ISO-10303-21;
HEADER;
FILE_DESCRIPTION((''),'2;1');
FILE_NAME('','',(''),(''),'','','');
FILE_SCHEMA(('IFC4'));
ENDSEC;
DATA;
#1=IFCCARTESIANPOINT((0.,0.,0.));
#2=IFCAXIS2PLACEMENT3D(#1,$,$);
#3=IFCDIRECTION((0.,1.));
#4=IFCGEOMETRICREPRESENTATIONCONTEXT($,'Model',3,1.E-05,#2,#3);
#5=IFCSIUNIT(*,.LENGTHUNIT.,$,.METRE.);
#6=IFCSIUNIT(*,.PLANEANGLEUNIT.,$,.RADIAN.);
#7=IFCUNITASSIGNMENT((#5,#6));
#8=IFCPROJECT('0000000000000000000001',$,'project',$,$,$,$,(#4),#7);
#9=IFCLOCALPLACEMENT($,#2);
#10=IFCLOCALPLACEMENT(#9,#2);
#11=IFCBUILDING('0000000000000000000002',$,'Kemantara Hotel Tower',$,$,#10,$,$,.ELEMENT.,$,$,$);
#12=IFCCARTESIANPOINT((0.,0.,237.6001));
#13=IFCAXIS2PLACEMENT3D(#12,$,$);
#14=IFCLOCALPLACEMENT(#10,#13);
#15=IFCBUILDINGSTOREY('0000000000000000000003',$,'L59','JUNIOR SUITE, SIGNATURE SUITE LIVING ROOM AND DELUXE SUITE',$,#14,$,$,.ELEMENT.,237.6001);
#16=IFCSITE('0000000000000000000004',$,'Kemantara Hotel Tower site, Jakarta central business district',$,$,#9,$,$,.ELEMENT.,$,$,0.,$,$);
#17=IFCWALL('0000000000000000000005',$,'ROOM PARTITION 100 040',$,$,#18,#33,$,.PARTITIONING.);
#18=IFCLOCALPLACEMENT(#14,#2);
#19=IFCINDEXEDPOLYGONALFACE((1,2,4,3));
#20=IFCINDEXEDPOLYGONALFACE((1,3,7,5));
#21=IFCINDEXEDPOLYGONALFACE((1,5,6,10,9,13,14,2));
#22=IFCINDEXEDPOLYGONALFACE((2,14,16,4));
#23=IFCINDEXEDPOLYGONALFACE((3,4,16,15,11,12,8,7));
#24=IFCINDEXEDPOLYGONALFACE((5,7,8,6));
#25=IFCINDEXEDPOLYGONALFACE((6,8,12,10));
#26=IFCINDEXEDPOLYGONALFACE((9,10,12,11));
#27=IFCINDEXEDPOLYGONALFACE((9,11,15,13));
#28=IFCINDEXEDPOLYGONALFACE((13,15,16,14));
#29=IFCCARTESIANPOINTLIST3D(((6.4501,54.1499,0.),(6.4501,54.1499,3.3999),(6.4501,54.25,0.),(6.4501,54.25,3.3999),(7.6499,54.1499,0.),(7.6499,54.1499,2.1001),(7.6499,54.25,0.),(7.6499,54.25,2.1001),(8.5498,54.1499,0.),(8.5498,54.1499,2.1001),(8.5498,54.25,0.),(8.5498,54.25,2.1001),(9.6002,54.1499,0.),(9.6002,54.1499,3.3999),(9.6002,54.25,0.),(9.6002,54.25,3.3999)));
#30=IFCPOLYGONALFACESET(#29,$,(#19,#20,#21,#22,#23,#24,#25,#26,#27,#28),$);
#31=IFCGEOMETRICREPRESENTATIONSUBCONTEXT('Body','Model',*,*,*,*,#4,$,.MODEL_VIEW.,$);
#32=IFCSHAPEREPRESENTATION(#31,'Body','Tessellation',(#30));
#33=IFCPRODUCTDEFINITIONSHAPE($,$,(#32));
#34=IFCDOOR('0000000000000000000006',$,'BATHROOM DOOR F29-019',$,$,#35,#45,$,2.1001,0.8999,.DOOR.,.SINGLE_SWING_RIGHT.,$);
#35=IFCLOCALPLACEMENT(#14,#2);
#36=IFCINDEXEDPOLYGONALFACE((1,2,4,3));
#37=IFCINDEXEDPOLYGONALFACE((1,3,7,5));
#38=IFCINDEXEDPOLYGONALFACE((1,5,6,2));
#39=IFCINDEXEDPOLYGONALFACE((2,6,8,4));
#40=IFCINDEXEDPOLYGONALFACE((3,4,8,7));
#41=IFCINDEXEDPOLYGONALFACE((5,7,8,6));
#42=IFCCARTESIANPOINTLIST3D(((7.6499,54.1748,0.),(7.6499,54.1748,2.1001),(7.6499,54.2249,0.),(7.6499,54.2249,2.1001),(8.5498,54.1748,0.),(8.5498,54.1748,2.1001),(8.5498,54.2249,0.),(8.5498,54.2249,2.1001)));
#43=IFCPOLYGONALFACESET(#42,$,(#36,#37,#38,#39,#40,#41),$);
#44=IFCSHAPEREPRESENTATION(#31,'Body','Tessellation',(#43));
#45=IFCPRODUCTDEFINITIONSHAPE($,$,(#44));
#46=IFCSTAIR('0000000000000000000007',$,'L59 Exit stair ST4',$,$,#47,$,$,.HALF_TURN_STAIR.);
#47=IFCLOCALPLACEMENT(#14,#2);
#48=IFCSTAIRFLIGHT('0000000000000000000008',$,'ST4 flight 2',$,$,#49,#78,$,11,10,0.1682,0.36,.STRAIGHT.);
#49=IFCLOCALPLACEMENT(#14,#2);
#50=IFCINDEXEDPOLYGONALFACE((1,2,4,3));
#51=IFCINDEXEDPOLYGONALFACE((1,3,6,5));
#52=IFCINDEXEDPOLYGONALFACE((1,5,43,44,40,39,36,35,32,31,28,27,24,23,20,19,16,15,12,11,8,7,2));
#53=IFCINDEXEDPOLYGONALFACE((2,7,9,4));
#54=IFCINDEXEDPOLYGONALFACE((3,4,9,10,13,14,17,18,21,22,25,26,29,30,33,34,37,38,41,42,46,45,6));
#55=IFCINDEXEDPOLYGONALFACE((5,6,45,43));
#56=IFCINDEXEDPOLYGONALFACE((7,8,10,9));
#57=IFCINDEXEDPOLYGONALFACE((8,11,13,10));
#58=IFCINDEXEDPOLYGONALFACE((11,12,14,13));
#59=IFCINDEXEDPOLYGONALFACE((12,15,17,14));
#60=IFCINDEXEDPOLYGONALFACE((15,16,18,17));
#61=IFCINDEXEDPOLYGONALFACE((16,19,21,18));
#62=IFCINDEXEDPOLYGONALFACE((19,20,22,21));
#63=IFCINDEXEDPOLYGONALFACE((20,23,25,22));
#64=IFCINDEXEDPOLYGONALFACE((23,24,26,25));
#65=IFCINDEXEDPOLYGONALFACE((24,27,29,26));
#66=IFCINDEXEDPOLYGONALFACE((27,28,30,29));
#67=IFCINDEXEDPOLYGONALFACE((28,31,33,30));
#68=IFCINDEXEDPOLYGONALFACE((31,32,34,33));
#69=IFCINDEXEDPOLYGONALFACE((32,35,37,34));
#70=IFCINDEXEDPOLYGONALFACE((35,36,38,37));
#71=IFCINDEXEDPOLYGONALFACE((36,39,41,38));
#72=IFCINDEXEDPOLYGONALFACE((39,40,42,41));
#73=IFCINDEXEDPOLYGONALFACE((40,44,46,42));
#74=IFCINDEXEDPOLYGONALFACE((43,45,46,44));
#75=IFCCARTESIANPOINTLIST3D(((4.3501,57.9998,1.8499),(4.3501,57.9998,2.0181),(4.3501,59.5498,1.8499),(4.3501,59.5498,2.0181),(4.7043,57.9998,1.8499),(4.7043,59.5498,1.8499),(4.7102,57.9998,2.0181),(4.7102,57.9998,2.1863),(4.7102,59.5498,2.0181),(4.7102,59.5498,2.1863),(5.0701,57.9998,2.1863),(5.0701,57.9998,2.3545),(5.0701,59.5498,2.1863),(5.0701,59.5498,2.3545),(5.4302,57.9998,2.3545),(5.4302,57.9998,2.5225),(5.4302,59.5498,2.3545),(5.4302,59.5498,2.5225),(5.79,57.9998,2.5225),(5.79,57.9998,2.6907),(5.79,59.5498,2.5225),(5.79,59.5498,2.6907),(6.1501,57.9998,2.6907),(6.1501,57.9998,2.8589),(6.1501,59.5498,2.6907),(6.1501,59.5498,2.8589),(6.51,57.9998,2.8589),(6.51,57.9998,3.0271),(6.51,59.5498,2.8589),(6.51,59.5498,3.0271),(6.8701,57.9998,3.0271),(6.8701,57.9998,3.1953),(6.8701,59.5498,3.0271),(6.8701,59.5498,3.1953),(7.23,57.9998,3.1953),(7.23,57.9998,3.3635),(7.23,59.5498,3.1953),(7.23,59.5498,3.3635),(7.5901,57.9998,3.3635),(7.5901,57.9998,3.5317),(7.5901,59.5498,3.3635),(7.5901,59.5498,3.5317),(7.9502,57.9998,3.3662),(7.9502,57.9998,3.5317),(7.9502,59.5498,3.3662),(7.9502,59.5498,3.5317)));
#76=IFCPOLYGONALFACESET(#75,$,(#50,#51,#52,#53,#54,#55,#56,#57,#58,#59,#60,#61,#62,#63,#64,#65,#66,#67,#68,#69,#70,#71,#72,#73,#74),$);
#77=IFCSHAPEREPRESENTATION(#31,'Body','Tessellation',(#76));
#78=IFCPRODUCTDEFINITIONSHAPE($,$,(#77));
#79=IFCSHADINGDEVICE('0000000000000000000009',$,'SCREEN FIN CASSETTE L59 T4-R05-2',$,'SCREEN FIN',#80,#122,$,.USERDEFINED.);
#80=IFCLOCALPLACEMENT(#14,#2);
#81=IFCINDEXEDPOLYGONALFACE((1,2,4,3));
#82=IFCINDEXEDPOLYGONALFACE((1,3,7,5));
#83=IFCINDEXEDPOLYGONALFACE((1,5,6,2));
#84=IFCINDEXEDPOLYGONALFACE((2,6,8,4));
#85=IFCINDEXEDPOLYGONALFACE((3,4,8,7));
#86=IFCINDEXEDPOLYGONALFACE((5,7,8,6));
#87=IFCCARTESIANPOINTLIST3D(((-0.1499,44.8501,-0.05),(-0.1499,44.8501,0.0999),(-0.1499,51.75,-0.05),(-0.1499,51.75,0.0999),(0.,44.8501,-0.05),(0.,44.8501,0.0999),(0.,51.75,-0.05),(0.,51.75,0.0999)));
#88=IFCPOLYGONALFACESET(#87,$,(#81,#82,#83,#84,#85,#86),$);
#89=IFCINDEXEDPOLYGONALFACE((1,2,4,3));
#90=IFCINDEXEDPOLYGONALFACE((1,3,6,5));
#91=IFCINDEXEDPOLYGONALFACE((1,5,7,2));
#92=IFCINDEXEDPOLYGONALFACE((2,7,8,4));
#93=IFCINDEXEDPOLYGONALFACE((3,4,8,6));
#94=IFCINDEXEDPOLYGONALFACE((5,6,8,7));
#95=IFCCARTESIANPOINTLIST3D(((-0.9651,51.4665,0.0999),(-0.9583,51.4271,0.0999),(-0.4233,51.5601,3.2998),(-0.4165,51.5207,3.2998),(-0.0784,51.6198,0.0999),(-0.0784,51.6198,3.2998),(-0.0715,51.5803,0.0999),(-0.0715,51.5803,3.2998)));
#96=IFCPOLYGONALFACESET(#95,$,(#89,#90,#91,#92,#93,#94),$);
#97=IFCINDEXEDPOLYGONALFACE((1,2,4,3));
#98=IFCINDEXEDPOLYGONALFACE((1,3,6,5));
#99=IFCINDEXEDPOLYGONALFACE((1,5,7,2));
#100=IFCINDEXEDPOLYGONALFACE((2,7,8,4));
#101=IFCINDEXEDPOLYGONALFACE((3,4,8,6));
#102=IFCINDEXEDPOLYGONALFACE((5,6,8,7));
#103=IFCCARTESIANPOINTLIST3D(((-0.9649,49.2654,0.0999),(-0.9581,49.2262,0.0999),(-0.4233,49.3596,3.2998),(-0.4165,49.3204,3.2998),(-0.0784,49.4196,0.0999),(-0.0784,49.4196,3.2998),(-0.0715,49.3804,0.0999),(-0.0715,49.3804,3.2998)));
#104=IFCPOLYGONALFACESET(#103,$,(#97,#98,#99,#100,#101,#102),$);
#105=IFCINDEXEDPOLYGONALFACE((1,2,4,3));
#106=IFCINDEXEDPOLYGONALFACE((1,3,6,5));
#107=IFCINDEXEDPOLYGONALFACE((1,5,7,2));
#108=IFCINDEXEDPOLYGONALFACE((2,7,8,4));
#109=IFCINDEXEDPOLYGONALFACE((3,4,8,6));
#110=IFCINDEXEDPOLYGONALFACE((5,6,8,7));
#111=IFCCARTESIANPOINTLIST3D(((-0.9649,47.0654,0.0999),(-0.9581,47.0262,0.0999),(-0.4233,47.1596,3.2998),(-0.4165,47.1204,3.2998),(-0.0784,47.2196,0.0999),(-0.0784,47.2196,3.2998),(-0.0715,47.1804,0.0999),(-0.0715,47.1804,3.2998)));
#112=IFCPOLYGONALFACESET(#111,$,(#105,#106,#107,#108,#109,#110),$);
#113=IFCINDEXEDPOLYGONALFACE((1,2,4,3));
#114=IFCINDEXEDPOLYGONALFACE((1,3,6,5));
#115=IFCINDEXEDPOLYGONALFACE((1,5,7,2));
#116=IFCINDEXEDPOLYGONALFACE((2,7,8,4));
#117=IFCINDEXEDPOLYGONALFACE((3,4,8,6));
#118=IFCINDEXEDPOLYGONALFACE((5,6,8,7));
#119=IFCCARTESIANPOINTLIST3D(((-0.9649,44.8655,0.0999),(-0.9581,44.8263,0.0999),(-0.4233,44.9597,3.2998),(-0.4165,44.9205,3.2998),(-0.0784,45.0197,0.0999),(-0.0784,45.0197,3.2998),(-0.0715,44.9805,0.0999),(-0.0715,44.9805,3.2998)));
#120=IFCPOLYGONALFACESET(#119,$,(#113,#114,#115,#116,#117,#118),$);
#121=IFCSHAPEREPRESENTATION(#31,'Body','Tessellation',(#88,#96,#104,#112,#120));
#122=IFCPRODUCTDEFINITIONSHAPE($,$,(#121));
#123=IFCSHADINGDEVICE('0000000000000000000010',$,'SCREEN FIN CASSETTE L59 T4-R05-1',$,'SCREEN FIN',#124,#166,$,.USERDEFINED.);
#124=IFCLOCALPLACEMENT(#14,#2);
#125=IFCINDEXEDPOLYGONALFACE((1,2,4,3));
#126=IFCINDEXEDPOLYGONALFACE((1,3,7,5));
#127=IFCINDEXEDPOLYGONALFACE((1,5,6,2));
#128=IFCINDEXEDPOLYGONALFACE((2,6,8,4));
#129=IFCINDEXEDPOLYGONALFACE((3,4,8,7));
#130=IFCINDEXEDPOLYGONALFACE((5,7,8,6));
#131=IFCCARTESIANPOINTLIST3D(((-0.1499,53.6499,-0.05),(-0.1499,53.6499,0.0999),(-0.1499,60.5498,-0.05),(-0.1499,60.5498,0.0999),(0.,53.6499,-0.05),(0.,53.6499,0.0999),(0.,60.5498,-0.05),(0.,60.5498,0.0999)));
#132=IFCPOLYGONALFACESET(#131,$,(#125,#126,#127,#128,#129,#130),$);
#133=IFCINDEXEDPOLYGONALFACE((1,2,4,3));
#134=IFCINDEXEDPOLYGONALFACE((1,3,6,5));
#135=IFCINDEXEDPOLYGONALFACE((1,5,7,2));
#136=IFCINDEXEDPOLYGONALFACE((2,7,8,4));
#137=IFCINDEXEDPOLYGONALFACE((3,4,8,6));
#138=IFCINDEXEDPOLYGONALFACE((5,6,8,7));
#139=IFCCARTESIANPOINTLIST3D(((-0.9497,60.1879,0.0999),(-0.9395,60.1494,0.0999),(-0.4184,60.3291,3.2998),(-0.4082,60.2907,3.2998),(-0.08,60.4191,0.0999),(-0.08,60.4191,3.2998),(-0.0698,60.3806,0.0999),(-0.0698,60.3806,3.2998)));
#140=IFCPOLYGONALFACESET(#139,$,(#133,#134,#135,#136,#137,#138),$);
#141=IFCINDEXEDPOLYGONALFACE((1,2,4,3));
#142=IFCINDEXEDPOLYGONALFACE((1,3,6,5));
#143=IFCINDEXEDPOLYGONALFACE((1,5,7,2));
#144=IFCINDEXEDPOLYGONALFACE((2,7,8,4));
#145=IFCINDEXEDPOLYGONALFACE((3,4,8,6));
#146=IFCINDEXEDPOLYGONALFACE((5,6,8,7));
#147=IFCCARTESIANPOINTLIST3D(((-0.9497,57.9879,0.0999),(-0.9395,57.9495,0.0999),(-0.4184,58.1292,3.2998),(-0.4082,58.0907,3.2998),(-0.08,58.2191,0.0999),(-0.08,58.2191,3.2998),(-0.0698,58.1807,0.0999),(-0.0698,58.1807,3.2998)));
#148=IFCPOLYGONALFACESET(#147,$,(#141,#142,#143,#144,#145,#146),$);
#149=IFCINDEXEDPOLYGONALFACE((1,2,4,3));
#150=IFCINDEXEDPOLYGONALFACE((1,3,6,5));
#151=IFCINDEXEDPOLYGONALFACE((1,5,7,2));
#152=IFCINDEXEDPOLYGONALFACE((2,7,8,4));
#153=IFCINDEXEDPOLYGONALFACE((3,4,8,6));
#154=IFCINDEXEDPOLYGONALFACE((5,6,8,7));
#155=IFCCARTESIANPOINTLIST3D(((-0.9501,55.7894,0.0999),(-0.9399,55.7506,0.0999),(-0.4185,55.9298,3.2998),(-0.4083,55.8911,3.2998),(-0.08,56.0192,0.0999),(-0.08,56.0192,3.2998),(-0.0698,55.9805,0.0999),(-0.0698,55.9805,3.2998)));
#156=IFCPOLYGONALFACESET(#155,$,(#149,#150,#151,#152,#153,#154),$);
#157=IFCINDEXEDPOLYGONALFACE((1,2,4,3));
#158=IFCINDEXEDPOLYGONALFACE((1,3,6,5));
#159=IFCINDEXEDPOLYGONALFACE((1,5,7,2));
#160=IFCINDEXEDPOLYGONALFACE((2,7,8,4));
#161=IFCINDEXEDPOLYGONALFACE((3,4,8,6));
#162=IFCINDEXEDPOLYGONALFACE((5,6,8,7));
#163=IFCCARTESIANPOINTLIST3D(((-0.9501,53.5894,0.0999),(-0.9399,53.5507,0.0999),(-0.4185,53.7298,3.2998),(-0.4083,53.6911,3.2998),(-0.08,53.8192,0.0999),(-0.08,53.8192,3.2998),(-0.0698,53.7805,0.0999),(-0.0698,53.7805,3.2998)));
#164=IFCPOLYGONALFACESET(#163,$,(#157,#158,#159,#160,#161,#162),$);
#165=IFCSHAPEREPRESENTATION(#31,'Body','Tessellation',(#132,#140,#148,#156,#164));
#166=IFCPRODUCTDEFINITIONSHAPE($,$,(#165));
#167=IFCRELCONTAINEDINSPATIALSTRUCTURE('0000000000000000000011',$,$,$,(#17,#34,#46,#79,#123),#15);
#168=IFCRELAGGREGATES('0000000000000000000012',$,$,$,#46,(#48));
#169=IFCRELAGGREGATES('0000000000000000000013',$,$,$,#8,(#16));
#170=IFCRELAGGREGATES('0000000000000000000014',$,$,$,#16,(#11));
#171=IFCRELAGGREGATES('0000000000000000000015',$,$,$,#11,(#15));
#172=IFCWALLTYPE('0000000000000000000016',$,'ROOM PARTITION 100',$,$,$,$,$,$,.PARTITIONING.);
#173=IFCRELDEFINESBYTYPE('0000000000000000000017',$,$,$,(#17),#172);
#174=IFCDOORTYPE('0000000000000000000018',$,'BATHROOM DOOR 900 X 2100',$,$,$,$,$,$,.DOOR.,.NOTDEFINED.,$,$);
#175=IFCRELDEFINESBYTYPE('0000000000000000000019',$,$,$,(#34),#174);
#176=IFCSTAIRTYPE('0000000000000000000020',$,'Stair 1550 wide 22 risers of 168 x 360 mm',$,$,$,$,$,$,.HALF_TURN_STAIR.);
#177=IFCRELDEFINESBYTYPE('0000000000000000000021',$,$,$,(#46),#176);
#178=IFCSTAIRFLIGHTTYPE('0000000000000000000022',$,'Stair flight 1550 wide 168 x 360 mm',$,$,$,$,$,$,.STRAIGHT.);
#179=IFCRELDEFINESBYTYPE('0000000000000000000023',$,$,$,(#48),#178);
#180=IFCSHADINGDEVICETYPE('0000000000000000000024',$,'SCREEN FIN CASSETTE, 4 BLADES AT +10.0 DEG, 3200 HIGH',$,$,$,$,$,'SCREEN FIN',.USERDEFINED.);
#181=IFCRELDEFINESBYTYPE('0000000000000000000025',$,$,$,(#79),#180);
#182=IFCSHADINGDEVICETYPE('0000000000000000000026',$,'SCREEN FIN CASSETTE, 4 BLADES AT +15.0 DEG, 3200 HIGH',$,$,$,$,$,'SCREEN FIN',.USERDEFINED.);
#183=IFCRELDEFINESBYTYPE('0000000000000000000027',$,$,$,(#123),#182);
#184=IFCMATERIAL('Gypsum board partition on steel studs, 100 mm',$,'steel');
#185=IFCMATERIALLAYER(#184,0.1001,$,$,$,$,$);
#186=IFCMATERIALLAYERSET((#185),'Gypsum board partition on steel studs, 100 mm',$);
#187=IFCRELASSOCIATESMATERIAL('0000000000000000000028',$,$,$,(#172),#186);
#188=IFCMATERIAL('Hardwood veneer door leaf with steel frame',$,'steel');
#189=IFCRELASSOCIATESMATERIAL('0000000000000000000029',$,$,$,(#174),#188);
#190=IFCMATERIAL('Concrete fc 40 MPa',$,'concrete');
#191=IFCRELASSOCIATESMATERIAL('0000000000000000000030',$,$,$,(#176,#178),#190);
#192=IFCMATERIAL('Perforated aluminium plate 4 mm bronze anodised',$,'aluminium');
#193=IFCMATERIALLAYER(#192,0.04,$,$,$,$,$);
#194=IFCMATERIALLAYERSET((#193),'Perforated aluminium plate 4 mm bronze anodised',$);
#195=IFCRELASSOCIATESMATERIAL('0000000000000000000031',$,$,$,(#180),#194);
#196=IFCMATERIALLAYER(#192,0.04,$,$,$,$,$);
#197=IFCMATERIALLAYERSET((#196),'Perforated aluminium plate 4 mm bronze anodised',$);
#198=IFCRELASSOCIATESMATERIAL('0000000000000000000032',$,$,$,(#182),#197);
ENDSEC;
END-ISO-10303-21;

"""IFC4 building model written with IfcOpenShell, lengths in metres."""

from ifc_helpers import new_model, si_unit, direction, frame, frame_2d, origin, origin_2d, place, context, subcontext, project, spatial, polyline, rectangle, outline, extrude, source, transform, mapped, material, layer, layer_set, type_object, element, fill, aggregate, save


model = new_model("IFC4")

# Units and contexts
model_context = context("Model", 3, precision=1e-05, world=origin(), true_north=direction((0.0, 1.0)))
body_context = subcontext(model_context, "Body", "Model", "MODEL_VIEW")
ifc_project = project(units=[si_unit("LENGTHUNIT", "METRE"), si_unit("PLANEANGLEUNIT", "RADIAN")], contexts=[model_context])

# Site, building, storey
site_placement = place(None, origin())
site = spatial("IfcSite", under=ifc_project, at=site_placement, Name="Kemantara Hotel Tower site, Jakarta central business district", CompositionType="ELEMENT", RefElevation=0.0)
building_placement = place(site_placement, origin())
building = spatial("IfcBuilding", under=site, at=building_placement, Name="Kemantara Hotel Tower", CompositionType="ELEMENT")
storey_placement = place(building_placement, frame((0.0, 0.0, 237.6001)))
storey = spatial("IfcBuildingStorey", under=building, at=storey_placement, Name="L59", Description="JUNIOR SUITE, SIGNATURE SUITE LIVING ROOM AND DELUXE SUITE", CompositionType="ELEMENT", Elevation=237.6001)

# Shared definitions
ifc_material_1 = material(Name="Hardwood veneer door leaf with steel frame", Category="steel")
ifc_material_2 = material(Name="Concrete fc 40 MPa", Category="concrete")

# Shared definitions
ifc_material_3 = material(Name="Gypsum board partition on steel studs, 100 mm", Category="steel")
ifc_layer_1 = layer(ifc_material_3, 0.1001)
ifc_layer_set_1 = layer_set([ifc_layer_1], Name="Gypsum board partition on steel studs, 100 mm")
wall_type_1 = type_object("IfcWallType", Name="ROOM PARTITION 100", PredefinedType="PARTITIONING", material=ifc_layer_set_1)

# Wall, opening, door
wall_1_placement = place(storey_placement, frame((6.45, 54.2, 0.0), z_axis=(0.0, 0.0, 1.0), x_axis=(1.0, 0.0, 0.0)))
wall_1 = element("IfcWall", 1, at=wall_1_placement, inside=storey, type_object=wall_type_1, Name="ROOM PARTITION 100 040", PredefinedType="PARTITIONING", context=body_context, shape_type="SweptSolid", body=[
    extrude(rectangle(XDim=3.1501, YDim=0.1001, at=frame_2d((1.5752, 0.0))), origin(), (0.0, 0.0, 1.0), 3.3999),
])
opening_1_placement = place(wall_1_placement, frame((1.2, 0.0, 0.0)))
opening_1 = element("IfcOpeningElement", 2, at=opening_1_placement, cuts=wall_1, PredefinedType="OPENING", context=body_context, shape_type="SweptSolid", body=[
    extrude(rectangle(XDim=0.8999, YDim=2.1001, at=frame_2d((0.45, 1.05))), frame((0.0, 0.0601, 0.0), z_axis=(0.0, -1.0, 0.0), x_axis=(1.0, 0.0, 0.0)), (0.0, 0.0, 1.0), 0.1201),
])
door_type_1 = type_object("IfcDoorType", Name="BATHROOM DOOR 900 X 2100", OperationType="NOTDEFINED", PredefinedType="DOOR", material=ifc_material_1)
door_1_placement = place(opening_1_placement, origin())
door_1 = element("IfcDoor", 3, at=door_1_placement, inside=storey, type_object=door_type_1, Name="BATHROOM DOOR F29-019", OperationType="SINGLE_SWING_RIGHT", OverallHeight=2.1001, OverallWidth=0.8999, PredefinedType="DOOR", context=body_context, shape_type="SweptSolid", body=[
    extrude(rectangle(XDim=0.8999, YDim=2.1001, at=frame_2d((0.45, 1.05))), frame((0.0, 0.0249, 0.0), z_axis=(0.0, -1.0, 0.0), x_axis=(1.0, 0.0, 0.0)), (0.0, 0.0, 1.0), 0.05),
])
fill(opening_1, door_1)

# Stair, stair flight
stair_type = type_object("IfcStairType", Name="Stair 1550 wide 22 risers of 168 x 360 mm", PredefinedType="HALF_TURN_STAIR", material=ifc_material_2)
stair_placement = place(storey_placement, origin())
stair = element("IfcStair", 4, at=stair_placement, inside=storey, type_object=stair_type, Name="L59 Exit stair ST4", PredefinedType="HALF_TURN_STAIR")
stair_flight_type = type_object("IfcStairFlightType", Name="Stair flight 1550 wide 168 x 360 mm", PredefinedType="STRAIGHT", material=ifc_material_2)
stair_flight_placement = place(storey_placement, frame((4.3501, 58.7749, 1.8499), z_axis=(0.0, 0.0, 1.0), x_axis=(1.0, 0.0, 0.0)))
stair_flight = element("IfcStairFlight", 5, at=stair_flight_placement, type_object=stair_flight_type, Name="ST4 flight 2", NumberOfRisers=11, NumberOfTreads=10, PredefinedType="STRAIGHT", RiserHeight=0.1682, TreadLength=0.36, context=body_context, shape_type="SweptSolid", body=[
    extrude(outline(polyline([(0.0, 0.0), (0.0, 0.1682), (0.3601, 0.1682), (0.3601, 0.3364), (0.72, 0.3364), (0.72, 0.5046), (1.0801, 0.5046), (1.0801, 0.6726), (1.4399, 0.6726), (1.4399, 0.8408), (1.8, 0.8408), (1.8, 1.009), (2.1599, 1.009), (2.1599, 1.1772), (2.52, 1.1772), (2.52, 1.3455), (2.8799, 1.3455), (2.8799, 1.5137), (3.24, 1.5137), (3.24, 1.6819), (3.6001, 1.6819), (3.6001, 1.8501), (3.6001, 1.5164), (0.3542, 0.0), (0.0, 0.0)])), frame((0.0, 0.7749, 0.0), z_axis=(0.0, -1.0, 0.0), x_axis=(1.0, 0.0, 0.0)), (0.0, 0.0, 1.0), 1.55),
])
aggregate(stair, [stair_flight])

# Shading devices
ifc_material_4 = material(Name="Perforated aluminium plate 4 mm bronze anodised", Category="aluminium")
ifc_layer_2 = layer(ifc_material_4, 0.04)
ifc_layer_set_2 = layer_set([ifc_layer_2], Name="Perforated aluminium plate 4 mm bronze anodised")
shading_device_type_1 = type_object("IfcShadingDeviceType", Name="SCREEN FIN CASSETTE, 4 BLADES AT +10.0 DEG, 3200 HIGH", ElementType="SCREEN FIN", PredefinedType="USERDEFINED", material=ifc_layer_set_2)
shared_shape_1 = source(origin(), body_context, "Body", "SweptSolid", [
    extrude(rectangle(XDim=6.8999, YDim=0.1499, at=origin_2d()), frame((3.3, -0.075, -0.1499), z_axis=(0.0, 0.0, 1.0), x_axis=(1.0, 0.0, 0.0)), (0.0, 0.0, 1.0), 0.1499),
    extrude(outline(polyline([(0.0, 0.0), (0.8999, 0.0), (0.3501, 3.2), (0.0, 3.2), (0.0, 0.0)])), frame((0.0198, -0.0715, 0.0), z_axis=(-0.98539, -0.170314, 0.0), x_axis=(0.170314, -0.98539, 0.0)), (0.0, 0.0, 1.0), 0.04),
    extrude(outline(polyline([(0.0, 0.0), (0.8999, 0.0), (0.3501, 3.2), (0.0, 3.2), (0.0, 0.0)])), frame((2.2197, -0.0715, 0.0), z_axis=(-0.985212, -0.171341, 0.0), x_axis=(0.171341, -0.985212, 0.0)), (0.0, 0.0, 1.0), 0.0398),
    extrude(outline(polyline([(0.0, 0.0), (0.8999, 0.0), (0.3501, 3.2), (0.0, 3.2), (0.0, 0.0)])), frame((4.4197, -0.0715, 0.0), z_axis=(-0.985212, -0.171341, 0.0), x_axis=(0.171341, -0.985212, 0.0)), (0.0, 0.0, 1.0), 0.0398),
    extrude(outline(polyline([(0.0, 0.0), (0.8999, 0.0), (0.3501, 3.2), (0.0, 3.2), (0.0, 0.0)])), frame((6.6196, -0.0715, 0.0), z_axis=(-0.985212, -0.171341, 0.0), x_axis=(0.171341, -0.985212, 0.0)), (0.0, 0.0, 1.0), 0.0398),
])
shading_device_1_placement = place(storey_placement, frame((0.0, 51.6001, 0.0999), z_axis=(0.0, 0.0, 1.0), x_axis=(0.0, -1.0, 0.0)))
element("IfcShadingDevice", 6, at=shading_device_1_placement, inside=storey, type_object=shading_device_type_1, Name="SCREEN FIN CASSETTE L59 T4-R05-2", ObjectType="SCREEN FIN", PredefinedType="USERDEFINED", context=body_context, shape_type="MappedRepresentation", body=[
    mapped(shared_shape_1, transform((0.0, 0.0, 0.0))),
])
ifc_layer_3 = layer(ifc_material_4, 0.04)
ifc_layer_set_3 = layer_set([ifc_layer_3], Name="Perforated aluminium plate 4 mm bronze anodised")
shading_device_type_2 = type_object("IfcShadingDeviceType", Name="SCREEN FIN CASSETTE, 4 BLADES AT +15.0 DEG, 3200 HIGH", ElementType="SCREEN FIN", PredefinedType="USERDEFINED", material=ifc_layer_set_3)
shared_shape_2 = source(origin(), body_context, "Body", "SweptSolid", [
    extrude(rectangle(XDim=6.8999, YDim=0.1499, at=origin_2d()), frame((3.3, -0.075, -0.1499), z_axis=(0.0, 0.0, 1.0), x_axis=(1.0, 0.0, 0.0)), (0.0, 0.0, 1.0), 0.1499),
    extrude(outline(polyline([(0.0, 0.0), (0.8999, 0.0), (0.3501, 3.2), (0.0, 3.2), (0.0, 0.0)])), frame((0.0193, -0.0698, 0.0), z_axis=(-0.966438, -0.256901, 0.0), x_axis=(0.256901, -0.966438, 0.0)), (0.0, 0.0, 1.0), 0.0398),
    extrude(outline(polyline([(0.0, 0.0), (0.8999, 0.0), (0.3501, 3.2), (0.0, 3.2), (0.0, 0.0)])), frame((2.2192, -0.0698, 0.0), z_axis=(-0.966438, -0.256901, 0.0), x_axis=(0.256901, -0.966438, 0.0)), (0.0, 0.0, 1.0), 0.0398),
    extrude(outline(polyline([(0.0, 0.0), (0.8999, 0.0), (0.3501, 3.2), (0.0, 3.2), (0.0, 0.0)])), frame((4.4194, -0.0698, 0.0), z_axis=(-0.966838, -0.255391, 0.0), x_axis=(0.255391, -0.966838, 0.0)), (0.0, 0.0, 1.0), 0.04),
    extrude(outline(polyline([(0.0, 0.0), (0.8999, 0.0), (0.3501, 3.2), (0.0, 3.2), (0.0, 0.0)])), frame((6.6194, -0.0698, 0.0), z_axis=(-0.966838, -0.255391, 0.0), x_axis=(0.255391, -0.966838, 0.0)), (0.0, 0.0, 1.0), 0.04),
])
shading_device_2_placement = place(storey_placement, frame((0.0, 60.3999, 0.0999), z_axis=(0.0, 0.0, 1.0), x_axis=(0.0, -1.0, 0.0)))
element("IfcShadingDevice", 7, at=shading_device_2_placement, inside=storey, type_object=shading_device_type_2, Name="SCREEN FIN CASSETTE L59 T4-R05-1", ObjectType="SCREEN FIN", PredefinedType="USERDEFINED", context=body_context, shape_type="MappedRepresentation", body=[
    mapped(shared_shape_2, transform((0.0, 0.0, 0.0))),
])

save(model, "model.ifc")
